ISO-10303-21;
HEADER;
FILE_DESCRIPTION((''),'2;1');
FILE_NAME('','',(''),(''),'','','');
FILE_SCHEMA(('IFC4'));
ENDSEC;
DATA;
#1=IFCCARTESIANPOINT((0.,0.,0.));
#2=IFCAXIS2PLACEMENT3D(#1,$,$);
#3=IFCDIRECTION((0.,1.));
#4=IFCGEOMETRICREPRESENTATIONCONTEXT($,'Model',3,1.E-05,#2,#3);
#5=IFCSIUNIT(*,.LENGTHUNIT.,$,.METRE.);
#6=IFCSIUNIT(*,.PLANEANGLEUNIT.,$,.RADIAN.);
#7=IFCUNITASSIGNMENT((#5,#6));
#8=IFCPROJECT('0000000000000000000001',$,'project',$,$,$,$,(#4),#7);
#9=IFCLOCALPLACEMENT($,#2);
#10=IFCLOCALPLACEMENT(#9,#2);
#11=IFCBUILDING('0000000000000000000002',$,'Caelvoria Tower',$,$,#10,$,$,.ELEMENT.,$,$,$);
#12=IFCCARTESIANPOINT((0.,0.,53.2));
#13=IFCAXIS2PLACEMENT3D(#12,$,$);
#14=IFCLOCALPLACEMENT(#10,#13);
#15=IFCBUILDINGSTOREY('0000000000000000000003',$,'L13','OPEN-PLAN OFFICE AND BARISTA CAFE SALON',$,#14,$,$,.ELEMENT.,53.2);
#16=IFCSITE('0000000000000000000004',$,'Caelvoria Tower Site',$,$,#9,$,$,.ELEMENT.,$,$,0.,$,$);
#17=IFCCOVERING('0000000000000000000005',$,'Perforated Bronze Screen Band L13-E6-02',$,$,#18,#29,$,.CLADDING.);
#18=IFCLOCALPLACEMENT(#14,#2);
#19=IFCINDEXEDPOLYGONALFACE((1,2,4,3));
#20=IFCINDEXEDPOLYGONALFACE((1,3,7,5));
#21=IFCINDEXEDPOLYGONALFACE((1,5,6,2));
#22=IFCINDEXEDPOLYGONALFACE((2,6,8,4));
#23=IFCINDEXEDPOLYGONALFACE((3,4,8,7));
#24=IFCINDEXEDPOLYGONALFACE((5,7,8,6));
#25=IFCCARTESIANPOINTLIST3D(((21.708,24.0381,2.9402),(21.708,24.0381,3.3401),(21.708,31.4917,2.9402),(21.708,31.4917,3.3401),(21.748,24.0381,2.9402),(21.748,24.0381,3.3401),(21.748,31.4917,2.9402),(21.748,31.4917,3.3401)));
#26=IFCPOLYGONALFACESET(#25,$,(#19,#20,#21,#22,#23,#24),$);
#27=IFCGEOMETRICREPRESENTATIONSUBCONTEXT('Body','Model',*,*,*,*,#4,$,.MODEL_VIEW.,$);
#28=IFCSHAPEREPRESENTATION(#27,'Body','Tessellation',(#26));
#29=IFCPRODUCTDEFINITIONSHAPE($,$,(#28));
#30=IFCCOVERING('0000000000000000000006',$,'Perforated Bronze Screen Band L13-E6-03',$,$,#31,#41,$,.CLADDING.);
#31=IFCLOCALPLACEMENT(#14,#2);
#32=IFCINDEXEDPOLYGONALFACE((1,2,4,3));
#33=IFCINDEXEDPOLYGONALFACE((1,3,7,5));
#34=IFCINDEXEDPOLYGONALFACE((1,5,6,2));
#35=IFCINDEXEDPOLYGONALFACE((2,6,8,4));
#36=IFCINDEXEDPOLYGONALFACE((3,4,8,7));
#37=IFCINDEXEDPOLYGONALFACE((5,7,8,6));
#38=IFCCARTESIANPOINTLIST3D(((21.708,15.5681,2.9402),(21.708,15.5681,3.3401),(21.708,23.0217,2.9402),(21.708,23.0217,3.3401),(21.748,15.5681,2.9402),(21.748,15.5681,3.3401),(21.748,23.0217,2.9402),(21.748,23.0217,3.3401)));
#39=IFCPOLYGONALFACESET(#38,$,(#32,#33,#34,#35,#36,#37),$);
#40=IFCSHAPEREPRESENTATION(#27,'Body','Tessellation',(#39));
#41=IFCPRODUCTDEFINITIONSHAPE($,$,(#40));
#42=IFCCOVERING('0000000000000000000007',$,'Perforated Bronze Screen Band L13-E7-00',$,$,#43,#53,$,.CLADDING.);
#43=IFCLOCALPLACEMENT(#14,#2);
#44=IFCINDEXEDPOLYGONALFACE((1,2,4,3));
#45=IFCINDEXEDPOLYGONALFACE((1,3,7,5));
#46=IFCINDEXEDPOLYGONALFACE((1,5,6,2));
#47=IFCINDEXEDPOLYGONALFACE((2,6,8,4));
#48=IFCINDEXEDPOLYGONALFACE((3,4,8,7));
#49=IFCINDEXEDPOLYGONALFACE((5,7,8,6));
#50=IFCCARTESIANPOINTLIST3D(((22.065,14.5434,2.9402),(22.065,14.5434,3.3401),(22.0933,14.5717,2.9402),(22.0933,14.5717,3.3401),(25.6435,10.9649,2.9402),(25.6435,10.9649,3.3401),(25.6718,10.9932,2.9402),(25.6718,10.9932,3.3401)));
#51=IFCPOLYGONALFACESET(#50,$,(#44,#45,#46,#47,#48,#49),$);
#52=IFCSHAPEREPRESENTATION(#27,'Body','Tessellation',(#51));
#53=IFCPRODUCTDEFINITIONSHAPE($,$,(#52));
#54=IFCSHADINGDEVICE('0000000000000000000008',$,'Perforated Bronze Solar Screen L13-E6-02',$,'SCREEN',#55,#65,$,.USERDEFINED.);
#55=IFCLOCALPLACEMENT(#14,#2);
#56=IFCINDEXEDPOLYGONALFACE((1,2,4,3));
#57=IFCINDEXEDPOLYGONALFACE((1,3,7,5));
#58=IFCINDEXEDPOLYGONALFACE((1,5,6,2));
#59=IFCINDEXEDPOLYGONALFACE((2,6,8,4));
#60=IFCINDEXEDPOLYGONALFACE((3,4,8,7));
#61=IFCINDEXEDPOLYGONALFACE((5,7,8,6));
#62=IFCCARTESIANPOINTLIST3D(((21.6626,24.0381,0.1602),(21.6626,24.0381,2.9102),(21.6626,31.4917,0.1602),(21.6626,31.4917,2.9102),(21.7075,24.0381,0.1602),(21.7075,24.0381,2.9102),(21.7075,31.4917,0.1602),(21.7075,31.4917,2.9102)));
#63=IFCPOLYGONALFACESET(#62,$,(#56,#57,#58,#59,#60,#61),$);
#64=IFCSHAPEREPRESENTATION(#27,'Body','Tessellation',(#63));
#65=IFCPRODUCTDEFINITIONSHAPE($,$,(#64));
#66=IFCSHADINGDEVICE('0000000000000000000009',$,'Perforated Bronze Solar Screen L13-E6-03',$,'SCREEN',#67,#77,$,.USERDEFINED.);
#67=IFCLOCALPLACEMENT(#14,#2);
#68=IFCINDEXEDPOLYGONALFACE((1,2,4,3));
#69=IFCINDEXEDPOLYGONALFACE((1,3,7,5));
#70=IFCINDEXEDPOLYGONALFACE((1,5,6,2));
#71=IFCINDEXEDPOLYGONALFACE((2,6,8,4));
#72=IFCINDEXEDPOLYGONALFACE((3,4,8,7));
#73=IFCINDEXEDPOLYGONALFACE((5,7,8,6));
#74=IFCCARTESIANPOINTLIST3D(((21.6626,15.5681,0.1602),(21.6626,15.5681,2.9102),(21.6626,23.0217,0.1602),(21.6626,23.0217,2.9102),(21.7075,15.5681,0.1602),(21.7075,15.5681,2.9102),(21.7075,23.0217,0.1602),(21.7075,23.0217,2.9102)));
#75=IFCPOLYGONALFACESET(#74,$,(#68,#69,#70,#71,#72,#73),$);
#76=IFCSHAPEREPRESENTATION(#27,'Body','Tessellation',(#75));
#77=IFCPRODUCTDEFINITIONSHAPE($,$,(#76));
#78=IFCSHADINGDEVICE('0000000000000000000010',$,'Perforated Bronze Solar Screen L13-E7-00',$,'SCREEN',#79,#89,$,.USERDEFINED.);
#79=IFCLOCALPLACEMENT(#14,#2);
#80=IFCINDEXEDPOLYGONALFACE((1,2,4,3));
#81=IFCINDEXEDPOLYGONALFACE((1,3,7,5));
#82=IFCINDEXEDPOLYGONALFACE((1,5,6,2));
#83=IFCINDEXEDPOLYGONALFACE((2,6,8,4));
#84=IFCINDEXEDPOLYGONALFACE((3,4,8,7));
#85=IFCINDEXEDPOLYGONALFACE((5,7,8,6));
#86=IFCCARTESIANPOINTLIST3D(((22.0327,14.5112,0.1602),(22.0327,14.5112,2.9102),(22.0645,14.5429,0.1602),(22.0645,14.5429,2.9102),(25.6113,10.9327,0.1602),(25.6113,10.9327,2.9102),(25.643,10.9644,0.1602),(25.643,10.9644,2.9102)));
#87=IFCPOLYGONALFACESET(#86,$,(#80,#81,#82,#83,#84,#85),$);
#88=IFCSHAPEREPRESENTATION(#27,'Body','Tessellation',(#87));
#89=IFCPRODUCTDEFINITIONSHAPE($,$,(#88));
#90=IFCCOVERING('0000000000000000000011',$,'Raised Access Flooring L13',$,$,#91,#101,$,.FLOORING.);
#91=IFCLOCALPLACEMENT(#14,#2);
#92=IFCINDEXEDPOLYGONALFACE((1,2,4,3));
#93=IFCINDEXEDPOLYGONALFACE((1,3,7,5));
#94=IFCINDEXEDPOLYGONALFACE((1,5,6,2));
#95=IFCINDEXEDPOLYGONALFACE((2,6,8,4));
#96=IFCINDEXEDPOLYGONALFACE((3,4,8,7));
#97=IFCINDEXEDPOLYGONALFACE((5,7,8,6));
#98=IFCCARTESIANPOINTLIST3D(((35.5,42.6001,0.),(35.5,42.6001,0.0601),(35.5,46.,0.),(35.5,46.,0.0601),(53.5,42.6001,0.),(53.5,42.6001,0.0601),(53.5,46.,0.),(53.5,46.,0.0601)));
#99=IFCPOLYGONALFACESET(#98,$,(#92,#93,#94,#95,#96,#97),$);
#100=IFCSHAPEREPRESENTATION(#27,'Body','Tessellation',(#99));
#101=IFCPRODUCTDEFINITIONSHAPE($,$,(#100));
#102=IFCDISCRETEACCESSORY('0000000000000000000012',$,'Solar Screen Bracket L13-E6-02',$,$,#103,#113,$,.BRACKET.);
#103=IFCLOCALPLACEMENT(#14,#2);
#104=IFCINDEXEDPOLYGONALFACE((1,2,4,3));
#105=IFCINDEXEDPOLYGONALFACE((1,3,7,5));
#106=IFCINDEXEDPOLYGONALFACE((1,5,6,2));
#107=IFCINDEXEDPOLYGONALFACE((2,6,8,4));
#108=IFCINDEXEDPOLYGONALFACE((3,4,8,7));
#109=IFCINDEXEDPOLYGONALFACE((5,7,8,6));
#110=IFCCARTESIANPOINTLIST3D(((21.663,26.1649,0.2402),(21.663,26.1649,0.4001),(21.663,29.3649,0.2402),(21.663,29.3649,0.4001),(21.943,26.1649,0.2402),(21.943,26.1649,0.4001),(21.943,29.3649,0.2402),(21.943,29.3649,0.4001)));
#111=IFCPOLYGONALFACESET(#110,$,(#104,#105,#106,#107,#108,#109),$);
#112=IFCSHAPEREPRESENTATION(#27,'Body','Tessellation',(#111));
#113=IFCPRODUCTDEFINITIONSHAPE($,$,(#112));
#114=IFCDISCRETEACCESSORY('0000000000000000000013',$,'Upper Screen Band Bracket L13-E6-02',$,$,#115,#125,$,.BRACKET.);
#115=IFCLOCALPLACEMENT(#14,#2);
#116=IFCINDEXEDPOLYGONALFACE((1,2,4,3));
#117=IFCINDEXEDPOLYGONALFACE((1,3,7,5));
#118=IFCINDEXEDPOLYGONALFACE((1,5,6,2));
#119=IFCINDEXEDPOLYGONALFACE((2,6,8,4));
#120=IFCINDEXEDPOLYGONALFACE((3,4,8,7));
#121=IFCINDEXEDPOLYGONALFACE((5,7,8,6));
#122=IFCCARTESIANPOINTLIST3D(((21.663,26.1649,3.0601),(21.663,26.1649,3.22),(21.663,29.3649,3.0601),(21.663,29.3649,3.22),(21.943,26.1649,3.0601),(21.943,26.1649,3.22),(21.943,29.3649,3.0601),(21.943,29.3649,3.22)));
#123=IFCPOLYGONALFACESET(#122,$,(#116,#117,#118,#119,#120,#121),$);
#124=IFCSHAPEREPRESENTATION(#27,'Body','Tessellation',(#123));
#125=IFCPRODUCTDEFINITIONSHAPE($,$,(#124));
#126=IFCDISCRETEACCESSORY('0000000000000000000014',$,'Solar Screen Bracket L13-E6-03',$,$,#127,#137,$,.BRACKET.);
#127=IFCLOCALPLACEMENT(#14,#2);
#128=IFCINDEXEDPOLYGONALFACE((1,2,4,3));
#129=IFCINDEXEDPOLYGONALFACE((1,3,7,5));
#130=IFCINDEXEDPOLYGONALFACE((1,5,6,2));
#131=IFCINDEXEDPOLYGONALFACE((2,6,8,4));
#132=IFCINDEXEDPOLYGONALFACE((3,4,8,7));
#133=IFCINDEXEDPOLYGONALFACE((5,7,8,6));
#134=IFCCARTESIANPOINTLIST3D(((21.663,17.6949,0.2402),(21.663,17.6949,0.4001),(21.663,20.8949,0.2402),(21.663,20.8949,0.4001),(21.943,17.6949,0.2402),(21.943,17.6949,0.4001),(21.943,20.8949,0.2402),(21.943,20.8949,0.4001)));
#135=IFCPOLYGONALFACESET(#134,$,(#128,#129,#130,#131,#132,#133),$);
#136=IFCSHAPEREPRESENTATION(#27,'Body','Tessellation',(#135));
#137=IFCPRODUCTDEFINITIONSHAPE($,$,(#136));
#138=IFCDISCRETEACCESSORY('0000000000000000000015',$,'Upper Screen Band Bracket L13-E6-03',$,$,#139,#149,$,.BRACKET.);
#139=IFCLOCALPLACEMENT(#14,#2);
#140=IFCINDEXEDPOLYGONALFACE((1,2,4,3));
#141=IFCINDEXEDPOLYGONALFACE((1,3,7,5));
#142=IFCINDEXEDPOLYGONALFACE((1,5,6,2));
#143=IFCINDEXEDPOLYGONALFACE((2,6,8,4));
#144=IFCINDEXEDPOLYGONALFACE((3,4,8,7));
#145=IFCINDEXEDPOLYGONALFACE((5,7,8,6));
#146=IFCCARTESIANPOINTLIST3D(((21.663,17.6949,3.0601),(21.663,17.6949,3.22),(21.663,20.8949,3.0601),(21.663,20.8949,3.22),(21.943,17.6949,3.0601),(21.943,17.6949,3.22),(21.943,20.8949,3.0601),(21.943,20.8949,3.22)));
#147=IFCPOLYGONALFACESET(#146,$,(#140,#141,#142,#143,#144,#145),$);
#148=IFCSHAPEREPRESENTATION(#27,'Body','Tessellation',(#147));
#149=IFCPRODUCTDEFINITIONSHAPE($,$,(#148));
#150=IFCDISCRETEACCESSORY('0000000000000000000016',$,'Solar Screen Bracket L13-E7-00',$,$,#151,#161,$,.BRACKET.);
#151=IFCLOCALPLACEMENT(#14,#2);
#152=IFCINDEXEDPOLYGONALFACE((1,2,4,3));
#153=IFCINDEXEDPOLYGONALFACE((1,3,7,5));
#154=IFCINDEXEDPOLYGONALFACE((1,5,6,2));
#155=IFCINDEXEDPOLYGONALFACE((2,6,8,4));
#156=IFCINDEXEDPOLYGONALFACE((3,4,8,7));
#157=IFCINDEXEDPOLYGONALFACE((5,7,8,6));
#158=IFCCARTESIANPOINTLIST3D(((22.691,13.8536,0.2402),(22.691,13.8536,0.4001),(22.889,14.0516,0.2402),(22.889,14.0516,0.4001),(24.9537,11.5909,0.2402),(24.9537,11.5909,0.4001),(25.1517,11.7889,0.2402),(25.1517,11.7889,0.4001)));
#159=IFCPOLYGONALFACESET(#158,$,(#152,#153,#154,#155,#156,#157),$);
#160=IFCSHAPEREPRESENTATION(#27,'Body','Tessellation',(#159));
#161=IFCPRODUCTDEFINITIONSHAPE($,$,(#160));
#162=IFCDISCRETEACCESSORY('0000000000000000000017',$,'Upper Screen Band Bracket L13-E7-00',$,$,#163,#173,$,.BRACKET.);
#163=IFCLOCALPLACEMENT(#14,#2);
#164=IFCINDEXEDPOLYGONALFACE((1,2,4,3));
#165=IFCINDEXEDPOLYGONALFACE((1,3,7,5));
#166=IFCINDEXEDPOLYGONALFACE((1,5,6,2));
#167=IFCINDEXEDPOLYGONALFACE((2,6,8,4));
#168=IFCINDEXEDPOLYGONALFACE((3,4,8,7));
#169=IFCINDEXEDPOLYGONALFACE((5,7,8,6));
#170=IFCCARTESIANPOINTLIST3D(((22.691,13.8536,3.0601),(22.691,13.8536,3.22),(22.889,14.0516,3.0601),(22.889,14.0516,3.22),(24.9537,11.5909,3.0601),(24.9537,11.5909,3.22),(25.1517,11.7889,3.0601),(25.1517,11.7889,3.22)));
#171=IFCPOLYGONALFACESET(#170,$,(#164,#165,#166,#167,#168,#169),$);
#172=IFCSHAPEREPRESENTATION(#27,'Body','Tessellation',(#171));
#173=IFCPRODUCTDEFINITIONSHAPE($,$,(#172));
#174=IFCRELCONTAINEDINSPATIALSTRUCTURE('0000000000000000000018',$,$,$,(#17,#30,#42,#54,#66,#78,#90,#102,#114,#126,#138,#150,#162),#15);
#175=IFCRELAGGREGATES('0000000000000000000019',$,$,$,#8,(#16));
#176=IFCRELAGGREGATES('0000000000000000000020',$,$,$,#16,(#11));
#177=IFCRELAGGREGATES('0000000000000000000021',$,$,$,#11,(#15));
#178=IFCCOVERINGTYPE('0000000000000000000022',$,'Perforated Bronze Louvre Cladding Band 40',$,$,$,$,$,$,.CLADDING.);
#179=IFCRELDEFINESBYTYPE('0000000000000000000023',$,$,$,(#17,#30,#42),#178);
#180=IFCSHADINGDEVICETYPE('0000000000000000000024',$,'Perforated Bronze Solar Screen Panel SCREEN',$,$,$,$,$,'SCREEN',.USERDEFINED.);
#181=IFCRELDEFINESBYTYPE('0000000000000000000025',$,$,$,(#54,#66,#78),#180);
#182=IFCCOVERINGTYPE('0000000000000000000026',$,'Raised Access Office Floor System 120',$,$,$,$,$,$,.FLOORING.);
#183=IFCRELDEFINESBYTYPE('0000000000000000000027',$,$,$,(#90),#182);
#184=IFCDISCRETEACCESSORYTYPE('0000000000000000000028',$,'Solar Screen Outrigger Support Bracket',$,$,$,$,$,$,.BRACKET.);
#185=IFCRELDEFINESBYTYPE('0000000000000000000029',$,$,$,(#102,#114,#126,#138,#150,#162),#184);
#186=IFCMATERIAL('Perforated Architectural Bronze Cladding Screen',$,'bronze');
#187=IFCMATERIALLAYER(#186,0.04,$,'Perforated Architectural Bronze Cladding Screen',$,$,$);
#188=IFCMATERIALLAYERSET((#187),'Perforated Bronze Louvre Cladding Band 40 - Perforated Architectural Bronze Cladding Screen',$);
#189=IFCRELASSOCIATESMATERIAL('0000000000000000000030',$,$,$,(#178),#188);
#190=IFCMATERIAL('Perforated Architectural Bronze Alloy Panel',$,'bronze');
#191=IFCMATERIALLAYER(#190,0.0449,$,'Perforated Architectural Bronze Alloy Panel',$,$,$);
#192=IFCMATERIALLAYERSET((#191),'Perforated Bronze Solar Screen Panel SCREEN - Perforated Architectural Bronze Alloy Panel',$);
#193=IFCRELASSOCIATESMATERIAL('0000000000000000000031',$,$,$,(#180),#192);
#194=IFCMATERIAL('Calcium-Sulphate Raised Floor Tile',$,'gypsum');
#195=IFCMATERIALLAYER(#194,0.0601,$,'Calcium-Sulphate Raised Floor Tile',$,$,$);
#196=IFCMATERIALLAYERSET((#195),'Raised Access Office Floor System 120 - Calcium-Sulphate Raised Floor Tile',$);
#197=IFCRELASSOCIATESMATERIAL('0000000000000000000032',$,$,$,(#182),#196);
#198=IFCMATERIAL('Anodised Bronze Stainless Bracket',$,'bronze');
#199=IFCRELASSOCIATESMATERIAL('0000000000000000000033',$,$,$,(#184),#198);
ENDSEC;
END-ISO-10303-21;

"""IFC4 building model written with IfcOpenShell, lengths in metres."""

from ifc_helpers import new_model, si_unit, direction, frame, origin, origin_2d, place, context, subcontext, project, spatial, polyline, rectangle, outline, extrude, material, layer, layer_set, type_object, element, save


model = new_model("IFC4")

# Units and contexts
model_context = context("Model", 3, precision=1e-05, world=origin(), true_north=direction((0.0, 1.0)))
body_context = subcontext(model_context, "Body", "Model", "MODEL_VIEW")
ifc_project = project(units=[si_unit("LENGTHUNIT", "METRE"), si_unit("PLANEANGLEUNIT", "RADIAN")], contexts=[model_context])

# Site, building, storey
site_placement = place(None, origin())
site = spatial("IfcSite", under=ifc_project, at=site_placement, Name="Caelvoria Tower Site", CompositionType="ELEMENT", RefElevation=0.0)
building_placement = place(site_placement, origin())
building = spatial("IfcBuilding", under=site, at=building_placement, Name="Caelvoria Tower", CompositionType="ELEMENT")
storey_placement = place(building_placement, frame((0.0, 0.0, 53.2)))
storey = spatial("IfcBuildingStorey", under=building, at=storey_placement, Name="L13", Description="OPEN-PLAN OFFICE AND BARISTA CAFE SALON", CompositionType="ELEMENT", Elevation=53.2)

# Coverings
ifc_material_1 = material(Name="Perforated Architectural Bronze Cladding Screen", Category="bronze")
ifc_layer_1 = layer(ifc_material_1, 0.04, Name="Perforated Architectural Bronze Cladding Screen")
ifc_layer_set_1 = layer_set([ifc_layer_1], Name="Perforated Bronze Louvre Cladding Band 40 - Perforated Architectural Bronze Cladding Screen")
covering_type_1 = type_object("IfcCoveringType", Name="Perforated Bronze Louvre Cladding Band 40", PredefinedType="CLADDING", material=ifc_layer_set_1)
for number, where, z_axis, x_axis, name in (
    (1, (21.728, 27.7649, 2.9402), (0.0, 0.0, 1.0), (0.0, -1.0, 0.0), "Perforated Bronze Screen Band L13-E6-02"),
    (2, (21.728, 19.2949, 2.9402), (0.0, 0.0, 1.0), (0.0, -1.0, 0.0), "Perforated Bronze Screen Band L13-E6-03"),
):
    element("IfcCovering", number, at=place(storey_placement, frame(where, z_axis=z_axis, x_axis=x_axis)), inside=storey, type_object=covering_type_1, Name=name, PredefinedType="CLADDING", context=body_context, shape_type="SweptSolid", body=[
        extrude(rectangle(XDim=7.4536, YDim=0.04, at=origin_2d()), origin(), (0.0, 0.0, 1.0), 0.3999),
    ])
covering_1_placement = place(storey_placement, frame((23.8684, 12.7683, 2.9402), z_axis=(0.0, 0.0, 1.0), x_axis=(0.707107, -0.707107, 0.0)))
element("IfcCovering", 3, at=covering_1_placement, inside=storey, type_object=covering_type_1, Name="Perforated Bronze Screen Band L13-E7-00", PredefinedType="CLADDING", context=body_context, shape_type="SweptSolid", body=[
    extrude(rectangle(XDim=5.0608, YDim=0.04, at=origin_2d()), origin(), (0.0, 0.0, 1.0), 0.3999),
])

# Shading devices
ifc_material_2 = material(Name="Perforated Architectural Bronze Alloy Panel", Category="bronze")
ifc_layer_2 = layer(ifc_material_2, 0.0449, Name="Perforated Architectural Bronze Alloy Panel")
ifc_layer_set_2 = layer_set([ifc_layer_2], Name="Perforated Bronze Solar Screen Panel SCREEN - Perforated Architectural Bronze Alloy Panel")
shading_device_type = type_object("IfcShadingDeviceType", Name="Perforated Bronze Solar Screen Panel SCREEN", ElementType="SCREEN", PredefinedType="USERDEFINED", material=ifc_layer_set_2)
for number, where, z_axis, x_axis, name in (
    (4, (21.6851, 27.7649, 0.1602), (0.0, 0.0, 1.0), (0.0, -1.0, 0.0), "Perforated Bronze Solar Screen L13-E6-02"),
    (5, (21.6851, 19.2949, 0.1602), (0.0, 0.0, 1.0), (0.0, -1.0, 0.0), "Perforated Bronze Solar Screen L13-E6-03"),
):
    element("IfcShadingDevice", number, at=place(storey_placement, frame(where, z_axis=z_axis, x_axis=x_axis)), inside=storey, type_object=shading_device_type, Name=name, ObjectType="SCREEN", PredefinedType="USERDEFINED", context=body_context, shape_type="SweptSolid", body=[
        extrude(rectangle(XDim=7.4536, YDim=0.0449, at=origin_2d()), origin(), (0.0, 0.0, 1.0), 2.75),
    ])
shading_device_placement = place(storey_placement, frame((23.8379, 12.7378, 0.1602), z_axis=(0.0, 0.0, 1.0), x_axis=(0.707107, -0.707107, 0.0)))
element("IfcShadingDevice", 6, at=shading_device_placement, inside=storey, type_object=shading_device_type, Name="Perforated Bronze Solar Screen L13-E7-00", ObjectType="SCREEN", PredefinedType="USERDEFINED", context=body_context, shape_type="SweptSolid", body=[
    extrude(rectangle(XDim=5.0608, YDim=0.0449, at=origin_2d()), origin(), (0.0, 0.0, 1.0), 2.75),
])

# Covering
ifc_material_3 = material(Name="Calcium-Sulphate Raised Floor Tile", Category="gypsum")
ifc_layer_3 = layer(ifc_material_3, 0.0601, Name="Calcium-Sulphate Raised Floor Tile")
ifc_layer_set_3 = layer_set([ifc_layer_3], Name="Raised Access Office Floor System 120 - Calcium-Sulphate Raised Floor Tile")
covering_type_2 = type_object("IfcCoveringType", Name="Raised Access Office Floor System 120", PredefinedType="FLOORING", material=ifc_layer_set_3)
covering_2_placement = place(storey_placement, origin())
element("IfcCovering", 7, at=covering_2_placement, inside=storey, type_object=covering_type_2, Name="Raised Access Flooring L13", PredefinedType="FLOORING", context=body_context, shape_type="SweptSolid", body=[
    extrude(outline(polyline([(35.5, 42.6001), (53.5, 42.6001), (53.5, 46.0), (35.5, 46.0), (35.5, 42.6001)])), origin(), (0.0, 0.0, 1.0), 0.0601),
])

# Discrete accessories
ifc_material_4 = material(Name="Anodised Bronze Stainless Bracket", Category="bronze")
discrete_accessory_type = type_object("IfcDiscreteAccessoryType", Name="Solar Screen Outrigger Support Bracket", PredefinedType="BRACKET", material=ifc_material_4)
for number, where, z_axis, x_axis, name in (
    (8, (21.803, 27.7649, 0.2402), (0.0, 0.0, 1.0), (0.0, -1.0, 0.0), "Solar Screen Bracket L13-E6-02"),
    (9, (21.803, 27.7649, 3.0601), (0.0, 0.0, 1.0), (0.0, -1.0, 0.0), "Upper Screen Band Bracket L13-E6-02"),
    (10, (21.803, 19.2949, 0.2402), (0.0, 0.0, 1.0), (0.0, -1.0, 0.0), "Solar Screen Bracket L13-E6-03"),
    (11, (21.803, 19.2949, 3.0601), (0.0, 0.0, 1.0), (0.0, -1.0, 0.0), "Upper Screen Band Bracket L13-E6-03"),
    (12, (23.9214, 12.8213, 0.2402), (0.0, 0.0, 1.0), (0.707107, -0.707107, 0.0), "Solar Screen Bracket L13-E7-00"),
    (13, (23.9214, 12.8213, 3.0601), (0.0, 0.0, 1.0), (0.707107, -0.707107, 0.0), "Upper Screen Band Bracket L13-E7-00"),
):
    element("IfcDiscreteAccessory", number, at=place(storey_placement, frame(where, z_axis=z_axis, x_axis=x_axis)), inside=storey, type_object=discrete_accessory_type, Name=name, PredefinedType="BRACKET", context=body_context, shape_type="SweptSolid", body=[
        extrude(rectangle(XDim=3.2, YDim=0.28, at=origin_2d()), origin(), (0.0, 0.0, 1.0), 0.1599),
    ])

save(model, "model.ifc")
